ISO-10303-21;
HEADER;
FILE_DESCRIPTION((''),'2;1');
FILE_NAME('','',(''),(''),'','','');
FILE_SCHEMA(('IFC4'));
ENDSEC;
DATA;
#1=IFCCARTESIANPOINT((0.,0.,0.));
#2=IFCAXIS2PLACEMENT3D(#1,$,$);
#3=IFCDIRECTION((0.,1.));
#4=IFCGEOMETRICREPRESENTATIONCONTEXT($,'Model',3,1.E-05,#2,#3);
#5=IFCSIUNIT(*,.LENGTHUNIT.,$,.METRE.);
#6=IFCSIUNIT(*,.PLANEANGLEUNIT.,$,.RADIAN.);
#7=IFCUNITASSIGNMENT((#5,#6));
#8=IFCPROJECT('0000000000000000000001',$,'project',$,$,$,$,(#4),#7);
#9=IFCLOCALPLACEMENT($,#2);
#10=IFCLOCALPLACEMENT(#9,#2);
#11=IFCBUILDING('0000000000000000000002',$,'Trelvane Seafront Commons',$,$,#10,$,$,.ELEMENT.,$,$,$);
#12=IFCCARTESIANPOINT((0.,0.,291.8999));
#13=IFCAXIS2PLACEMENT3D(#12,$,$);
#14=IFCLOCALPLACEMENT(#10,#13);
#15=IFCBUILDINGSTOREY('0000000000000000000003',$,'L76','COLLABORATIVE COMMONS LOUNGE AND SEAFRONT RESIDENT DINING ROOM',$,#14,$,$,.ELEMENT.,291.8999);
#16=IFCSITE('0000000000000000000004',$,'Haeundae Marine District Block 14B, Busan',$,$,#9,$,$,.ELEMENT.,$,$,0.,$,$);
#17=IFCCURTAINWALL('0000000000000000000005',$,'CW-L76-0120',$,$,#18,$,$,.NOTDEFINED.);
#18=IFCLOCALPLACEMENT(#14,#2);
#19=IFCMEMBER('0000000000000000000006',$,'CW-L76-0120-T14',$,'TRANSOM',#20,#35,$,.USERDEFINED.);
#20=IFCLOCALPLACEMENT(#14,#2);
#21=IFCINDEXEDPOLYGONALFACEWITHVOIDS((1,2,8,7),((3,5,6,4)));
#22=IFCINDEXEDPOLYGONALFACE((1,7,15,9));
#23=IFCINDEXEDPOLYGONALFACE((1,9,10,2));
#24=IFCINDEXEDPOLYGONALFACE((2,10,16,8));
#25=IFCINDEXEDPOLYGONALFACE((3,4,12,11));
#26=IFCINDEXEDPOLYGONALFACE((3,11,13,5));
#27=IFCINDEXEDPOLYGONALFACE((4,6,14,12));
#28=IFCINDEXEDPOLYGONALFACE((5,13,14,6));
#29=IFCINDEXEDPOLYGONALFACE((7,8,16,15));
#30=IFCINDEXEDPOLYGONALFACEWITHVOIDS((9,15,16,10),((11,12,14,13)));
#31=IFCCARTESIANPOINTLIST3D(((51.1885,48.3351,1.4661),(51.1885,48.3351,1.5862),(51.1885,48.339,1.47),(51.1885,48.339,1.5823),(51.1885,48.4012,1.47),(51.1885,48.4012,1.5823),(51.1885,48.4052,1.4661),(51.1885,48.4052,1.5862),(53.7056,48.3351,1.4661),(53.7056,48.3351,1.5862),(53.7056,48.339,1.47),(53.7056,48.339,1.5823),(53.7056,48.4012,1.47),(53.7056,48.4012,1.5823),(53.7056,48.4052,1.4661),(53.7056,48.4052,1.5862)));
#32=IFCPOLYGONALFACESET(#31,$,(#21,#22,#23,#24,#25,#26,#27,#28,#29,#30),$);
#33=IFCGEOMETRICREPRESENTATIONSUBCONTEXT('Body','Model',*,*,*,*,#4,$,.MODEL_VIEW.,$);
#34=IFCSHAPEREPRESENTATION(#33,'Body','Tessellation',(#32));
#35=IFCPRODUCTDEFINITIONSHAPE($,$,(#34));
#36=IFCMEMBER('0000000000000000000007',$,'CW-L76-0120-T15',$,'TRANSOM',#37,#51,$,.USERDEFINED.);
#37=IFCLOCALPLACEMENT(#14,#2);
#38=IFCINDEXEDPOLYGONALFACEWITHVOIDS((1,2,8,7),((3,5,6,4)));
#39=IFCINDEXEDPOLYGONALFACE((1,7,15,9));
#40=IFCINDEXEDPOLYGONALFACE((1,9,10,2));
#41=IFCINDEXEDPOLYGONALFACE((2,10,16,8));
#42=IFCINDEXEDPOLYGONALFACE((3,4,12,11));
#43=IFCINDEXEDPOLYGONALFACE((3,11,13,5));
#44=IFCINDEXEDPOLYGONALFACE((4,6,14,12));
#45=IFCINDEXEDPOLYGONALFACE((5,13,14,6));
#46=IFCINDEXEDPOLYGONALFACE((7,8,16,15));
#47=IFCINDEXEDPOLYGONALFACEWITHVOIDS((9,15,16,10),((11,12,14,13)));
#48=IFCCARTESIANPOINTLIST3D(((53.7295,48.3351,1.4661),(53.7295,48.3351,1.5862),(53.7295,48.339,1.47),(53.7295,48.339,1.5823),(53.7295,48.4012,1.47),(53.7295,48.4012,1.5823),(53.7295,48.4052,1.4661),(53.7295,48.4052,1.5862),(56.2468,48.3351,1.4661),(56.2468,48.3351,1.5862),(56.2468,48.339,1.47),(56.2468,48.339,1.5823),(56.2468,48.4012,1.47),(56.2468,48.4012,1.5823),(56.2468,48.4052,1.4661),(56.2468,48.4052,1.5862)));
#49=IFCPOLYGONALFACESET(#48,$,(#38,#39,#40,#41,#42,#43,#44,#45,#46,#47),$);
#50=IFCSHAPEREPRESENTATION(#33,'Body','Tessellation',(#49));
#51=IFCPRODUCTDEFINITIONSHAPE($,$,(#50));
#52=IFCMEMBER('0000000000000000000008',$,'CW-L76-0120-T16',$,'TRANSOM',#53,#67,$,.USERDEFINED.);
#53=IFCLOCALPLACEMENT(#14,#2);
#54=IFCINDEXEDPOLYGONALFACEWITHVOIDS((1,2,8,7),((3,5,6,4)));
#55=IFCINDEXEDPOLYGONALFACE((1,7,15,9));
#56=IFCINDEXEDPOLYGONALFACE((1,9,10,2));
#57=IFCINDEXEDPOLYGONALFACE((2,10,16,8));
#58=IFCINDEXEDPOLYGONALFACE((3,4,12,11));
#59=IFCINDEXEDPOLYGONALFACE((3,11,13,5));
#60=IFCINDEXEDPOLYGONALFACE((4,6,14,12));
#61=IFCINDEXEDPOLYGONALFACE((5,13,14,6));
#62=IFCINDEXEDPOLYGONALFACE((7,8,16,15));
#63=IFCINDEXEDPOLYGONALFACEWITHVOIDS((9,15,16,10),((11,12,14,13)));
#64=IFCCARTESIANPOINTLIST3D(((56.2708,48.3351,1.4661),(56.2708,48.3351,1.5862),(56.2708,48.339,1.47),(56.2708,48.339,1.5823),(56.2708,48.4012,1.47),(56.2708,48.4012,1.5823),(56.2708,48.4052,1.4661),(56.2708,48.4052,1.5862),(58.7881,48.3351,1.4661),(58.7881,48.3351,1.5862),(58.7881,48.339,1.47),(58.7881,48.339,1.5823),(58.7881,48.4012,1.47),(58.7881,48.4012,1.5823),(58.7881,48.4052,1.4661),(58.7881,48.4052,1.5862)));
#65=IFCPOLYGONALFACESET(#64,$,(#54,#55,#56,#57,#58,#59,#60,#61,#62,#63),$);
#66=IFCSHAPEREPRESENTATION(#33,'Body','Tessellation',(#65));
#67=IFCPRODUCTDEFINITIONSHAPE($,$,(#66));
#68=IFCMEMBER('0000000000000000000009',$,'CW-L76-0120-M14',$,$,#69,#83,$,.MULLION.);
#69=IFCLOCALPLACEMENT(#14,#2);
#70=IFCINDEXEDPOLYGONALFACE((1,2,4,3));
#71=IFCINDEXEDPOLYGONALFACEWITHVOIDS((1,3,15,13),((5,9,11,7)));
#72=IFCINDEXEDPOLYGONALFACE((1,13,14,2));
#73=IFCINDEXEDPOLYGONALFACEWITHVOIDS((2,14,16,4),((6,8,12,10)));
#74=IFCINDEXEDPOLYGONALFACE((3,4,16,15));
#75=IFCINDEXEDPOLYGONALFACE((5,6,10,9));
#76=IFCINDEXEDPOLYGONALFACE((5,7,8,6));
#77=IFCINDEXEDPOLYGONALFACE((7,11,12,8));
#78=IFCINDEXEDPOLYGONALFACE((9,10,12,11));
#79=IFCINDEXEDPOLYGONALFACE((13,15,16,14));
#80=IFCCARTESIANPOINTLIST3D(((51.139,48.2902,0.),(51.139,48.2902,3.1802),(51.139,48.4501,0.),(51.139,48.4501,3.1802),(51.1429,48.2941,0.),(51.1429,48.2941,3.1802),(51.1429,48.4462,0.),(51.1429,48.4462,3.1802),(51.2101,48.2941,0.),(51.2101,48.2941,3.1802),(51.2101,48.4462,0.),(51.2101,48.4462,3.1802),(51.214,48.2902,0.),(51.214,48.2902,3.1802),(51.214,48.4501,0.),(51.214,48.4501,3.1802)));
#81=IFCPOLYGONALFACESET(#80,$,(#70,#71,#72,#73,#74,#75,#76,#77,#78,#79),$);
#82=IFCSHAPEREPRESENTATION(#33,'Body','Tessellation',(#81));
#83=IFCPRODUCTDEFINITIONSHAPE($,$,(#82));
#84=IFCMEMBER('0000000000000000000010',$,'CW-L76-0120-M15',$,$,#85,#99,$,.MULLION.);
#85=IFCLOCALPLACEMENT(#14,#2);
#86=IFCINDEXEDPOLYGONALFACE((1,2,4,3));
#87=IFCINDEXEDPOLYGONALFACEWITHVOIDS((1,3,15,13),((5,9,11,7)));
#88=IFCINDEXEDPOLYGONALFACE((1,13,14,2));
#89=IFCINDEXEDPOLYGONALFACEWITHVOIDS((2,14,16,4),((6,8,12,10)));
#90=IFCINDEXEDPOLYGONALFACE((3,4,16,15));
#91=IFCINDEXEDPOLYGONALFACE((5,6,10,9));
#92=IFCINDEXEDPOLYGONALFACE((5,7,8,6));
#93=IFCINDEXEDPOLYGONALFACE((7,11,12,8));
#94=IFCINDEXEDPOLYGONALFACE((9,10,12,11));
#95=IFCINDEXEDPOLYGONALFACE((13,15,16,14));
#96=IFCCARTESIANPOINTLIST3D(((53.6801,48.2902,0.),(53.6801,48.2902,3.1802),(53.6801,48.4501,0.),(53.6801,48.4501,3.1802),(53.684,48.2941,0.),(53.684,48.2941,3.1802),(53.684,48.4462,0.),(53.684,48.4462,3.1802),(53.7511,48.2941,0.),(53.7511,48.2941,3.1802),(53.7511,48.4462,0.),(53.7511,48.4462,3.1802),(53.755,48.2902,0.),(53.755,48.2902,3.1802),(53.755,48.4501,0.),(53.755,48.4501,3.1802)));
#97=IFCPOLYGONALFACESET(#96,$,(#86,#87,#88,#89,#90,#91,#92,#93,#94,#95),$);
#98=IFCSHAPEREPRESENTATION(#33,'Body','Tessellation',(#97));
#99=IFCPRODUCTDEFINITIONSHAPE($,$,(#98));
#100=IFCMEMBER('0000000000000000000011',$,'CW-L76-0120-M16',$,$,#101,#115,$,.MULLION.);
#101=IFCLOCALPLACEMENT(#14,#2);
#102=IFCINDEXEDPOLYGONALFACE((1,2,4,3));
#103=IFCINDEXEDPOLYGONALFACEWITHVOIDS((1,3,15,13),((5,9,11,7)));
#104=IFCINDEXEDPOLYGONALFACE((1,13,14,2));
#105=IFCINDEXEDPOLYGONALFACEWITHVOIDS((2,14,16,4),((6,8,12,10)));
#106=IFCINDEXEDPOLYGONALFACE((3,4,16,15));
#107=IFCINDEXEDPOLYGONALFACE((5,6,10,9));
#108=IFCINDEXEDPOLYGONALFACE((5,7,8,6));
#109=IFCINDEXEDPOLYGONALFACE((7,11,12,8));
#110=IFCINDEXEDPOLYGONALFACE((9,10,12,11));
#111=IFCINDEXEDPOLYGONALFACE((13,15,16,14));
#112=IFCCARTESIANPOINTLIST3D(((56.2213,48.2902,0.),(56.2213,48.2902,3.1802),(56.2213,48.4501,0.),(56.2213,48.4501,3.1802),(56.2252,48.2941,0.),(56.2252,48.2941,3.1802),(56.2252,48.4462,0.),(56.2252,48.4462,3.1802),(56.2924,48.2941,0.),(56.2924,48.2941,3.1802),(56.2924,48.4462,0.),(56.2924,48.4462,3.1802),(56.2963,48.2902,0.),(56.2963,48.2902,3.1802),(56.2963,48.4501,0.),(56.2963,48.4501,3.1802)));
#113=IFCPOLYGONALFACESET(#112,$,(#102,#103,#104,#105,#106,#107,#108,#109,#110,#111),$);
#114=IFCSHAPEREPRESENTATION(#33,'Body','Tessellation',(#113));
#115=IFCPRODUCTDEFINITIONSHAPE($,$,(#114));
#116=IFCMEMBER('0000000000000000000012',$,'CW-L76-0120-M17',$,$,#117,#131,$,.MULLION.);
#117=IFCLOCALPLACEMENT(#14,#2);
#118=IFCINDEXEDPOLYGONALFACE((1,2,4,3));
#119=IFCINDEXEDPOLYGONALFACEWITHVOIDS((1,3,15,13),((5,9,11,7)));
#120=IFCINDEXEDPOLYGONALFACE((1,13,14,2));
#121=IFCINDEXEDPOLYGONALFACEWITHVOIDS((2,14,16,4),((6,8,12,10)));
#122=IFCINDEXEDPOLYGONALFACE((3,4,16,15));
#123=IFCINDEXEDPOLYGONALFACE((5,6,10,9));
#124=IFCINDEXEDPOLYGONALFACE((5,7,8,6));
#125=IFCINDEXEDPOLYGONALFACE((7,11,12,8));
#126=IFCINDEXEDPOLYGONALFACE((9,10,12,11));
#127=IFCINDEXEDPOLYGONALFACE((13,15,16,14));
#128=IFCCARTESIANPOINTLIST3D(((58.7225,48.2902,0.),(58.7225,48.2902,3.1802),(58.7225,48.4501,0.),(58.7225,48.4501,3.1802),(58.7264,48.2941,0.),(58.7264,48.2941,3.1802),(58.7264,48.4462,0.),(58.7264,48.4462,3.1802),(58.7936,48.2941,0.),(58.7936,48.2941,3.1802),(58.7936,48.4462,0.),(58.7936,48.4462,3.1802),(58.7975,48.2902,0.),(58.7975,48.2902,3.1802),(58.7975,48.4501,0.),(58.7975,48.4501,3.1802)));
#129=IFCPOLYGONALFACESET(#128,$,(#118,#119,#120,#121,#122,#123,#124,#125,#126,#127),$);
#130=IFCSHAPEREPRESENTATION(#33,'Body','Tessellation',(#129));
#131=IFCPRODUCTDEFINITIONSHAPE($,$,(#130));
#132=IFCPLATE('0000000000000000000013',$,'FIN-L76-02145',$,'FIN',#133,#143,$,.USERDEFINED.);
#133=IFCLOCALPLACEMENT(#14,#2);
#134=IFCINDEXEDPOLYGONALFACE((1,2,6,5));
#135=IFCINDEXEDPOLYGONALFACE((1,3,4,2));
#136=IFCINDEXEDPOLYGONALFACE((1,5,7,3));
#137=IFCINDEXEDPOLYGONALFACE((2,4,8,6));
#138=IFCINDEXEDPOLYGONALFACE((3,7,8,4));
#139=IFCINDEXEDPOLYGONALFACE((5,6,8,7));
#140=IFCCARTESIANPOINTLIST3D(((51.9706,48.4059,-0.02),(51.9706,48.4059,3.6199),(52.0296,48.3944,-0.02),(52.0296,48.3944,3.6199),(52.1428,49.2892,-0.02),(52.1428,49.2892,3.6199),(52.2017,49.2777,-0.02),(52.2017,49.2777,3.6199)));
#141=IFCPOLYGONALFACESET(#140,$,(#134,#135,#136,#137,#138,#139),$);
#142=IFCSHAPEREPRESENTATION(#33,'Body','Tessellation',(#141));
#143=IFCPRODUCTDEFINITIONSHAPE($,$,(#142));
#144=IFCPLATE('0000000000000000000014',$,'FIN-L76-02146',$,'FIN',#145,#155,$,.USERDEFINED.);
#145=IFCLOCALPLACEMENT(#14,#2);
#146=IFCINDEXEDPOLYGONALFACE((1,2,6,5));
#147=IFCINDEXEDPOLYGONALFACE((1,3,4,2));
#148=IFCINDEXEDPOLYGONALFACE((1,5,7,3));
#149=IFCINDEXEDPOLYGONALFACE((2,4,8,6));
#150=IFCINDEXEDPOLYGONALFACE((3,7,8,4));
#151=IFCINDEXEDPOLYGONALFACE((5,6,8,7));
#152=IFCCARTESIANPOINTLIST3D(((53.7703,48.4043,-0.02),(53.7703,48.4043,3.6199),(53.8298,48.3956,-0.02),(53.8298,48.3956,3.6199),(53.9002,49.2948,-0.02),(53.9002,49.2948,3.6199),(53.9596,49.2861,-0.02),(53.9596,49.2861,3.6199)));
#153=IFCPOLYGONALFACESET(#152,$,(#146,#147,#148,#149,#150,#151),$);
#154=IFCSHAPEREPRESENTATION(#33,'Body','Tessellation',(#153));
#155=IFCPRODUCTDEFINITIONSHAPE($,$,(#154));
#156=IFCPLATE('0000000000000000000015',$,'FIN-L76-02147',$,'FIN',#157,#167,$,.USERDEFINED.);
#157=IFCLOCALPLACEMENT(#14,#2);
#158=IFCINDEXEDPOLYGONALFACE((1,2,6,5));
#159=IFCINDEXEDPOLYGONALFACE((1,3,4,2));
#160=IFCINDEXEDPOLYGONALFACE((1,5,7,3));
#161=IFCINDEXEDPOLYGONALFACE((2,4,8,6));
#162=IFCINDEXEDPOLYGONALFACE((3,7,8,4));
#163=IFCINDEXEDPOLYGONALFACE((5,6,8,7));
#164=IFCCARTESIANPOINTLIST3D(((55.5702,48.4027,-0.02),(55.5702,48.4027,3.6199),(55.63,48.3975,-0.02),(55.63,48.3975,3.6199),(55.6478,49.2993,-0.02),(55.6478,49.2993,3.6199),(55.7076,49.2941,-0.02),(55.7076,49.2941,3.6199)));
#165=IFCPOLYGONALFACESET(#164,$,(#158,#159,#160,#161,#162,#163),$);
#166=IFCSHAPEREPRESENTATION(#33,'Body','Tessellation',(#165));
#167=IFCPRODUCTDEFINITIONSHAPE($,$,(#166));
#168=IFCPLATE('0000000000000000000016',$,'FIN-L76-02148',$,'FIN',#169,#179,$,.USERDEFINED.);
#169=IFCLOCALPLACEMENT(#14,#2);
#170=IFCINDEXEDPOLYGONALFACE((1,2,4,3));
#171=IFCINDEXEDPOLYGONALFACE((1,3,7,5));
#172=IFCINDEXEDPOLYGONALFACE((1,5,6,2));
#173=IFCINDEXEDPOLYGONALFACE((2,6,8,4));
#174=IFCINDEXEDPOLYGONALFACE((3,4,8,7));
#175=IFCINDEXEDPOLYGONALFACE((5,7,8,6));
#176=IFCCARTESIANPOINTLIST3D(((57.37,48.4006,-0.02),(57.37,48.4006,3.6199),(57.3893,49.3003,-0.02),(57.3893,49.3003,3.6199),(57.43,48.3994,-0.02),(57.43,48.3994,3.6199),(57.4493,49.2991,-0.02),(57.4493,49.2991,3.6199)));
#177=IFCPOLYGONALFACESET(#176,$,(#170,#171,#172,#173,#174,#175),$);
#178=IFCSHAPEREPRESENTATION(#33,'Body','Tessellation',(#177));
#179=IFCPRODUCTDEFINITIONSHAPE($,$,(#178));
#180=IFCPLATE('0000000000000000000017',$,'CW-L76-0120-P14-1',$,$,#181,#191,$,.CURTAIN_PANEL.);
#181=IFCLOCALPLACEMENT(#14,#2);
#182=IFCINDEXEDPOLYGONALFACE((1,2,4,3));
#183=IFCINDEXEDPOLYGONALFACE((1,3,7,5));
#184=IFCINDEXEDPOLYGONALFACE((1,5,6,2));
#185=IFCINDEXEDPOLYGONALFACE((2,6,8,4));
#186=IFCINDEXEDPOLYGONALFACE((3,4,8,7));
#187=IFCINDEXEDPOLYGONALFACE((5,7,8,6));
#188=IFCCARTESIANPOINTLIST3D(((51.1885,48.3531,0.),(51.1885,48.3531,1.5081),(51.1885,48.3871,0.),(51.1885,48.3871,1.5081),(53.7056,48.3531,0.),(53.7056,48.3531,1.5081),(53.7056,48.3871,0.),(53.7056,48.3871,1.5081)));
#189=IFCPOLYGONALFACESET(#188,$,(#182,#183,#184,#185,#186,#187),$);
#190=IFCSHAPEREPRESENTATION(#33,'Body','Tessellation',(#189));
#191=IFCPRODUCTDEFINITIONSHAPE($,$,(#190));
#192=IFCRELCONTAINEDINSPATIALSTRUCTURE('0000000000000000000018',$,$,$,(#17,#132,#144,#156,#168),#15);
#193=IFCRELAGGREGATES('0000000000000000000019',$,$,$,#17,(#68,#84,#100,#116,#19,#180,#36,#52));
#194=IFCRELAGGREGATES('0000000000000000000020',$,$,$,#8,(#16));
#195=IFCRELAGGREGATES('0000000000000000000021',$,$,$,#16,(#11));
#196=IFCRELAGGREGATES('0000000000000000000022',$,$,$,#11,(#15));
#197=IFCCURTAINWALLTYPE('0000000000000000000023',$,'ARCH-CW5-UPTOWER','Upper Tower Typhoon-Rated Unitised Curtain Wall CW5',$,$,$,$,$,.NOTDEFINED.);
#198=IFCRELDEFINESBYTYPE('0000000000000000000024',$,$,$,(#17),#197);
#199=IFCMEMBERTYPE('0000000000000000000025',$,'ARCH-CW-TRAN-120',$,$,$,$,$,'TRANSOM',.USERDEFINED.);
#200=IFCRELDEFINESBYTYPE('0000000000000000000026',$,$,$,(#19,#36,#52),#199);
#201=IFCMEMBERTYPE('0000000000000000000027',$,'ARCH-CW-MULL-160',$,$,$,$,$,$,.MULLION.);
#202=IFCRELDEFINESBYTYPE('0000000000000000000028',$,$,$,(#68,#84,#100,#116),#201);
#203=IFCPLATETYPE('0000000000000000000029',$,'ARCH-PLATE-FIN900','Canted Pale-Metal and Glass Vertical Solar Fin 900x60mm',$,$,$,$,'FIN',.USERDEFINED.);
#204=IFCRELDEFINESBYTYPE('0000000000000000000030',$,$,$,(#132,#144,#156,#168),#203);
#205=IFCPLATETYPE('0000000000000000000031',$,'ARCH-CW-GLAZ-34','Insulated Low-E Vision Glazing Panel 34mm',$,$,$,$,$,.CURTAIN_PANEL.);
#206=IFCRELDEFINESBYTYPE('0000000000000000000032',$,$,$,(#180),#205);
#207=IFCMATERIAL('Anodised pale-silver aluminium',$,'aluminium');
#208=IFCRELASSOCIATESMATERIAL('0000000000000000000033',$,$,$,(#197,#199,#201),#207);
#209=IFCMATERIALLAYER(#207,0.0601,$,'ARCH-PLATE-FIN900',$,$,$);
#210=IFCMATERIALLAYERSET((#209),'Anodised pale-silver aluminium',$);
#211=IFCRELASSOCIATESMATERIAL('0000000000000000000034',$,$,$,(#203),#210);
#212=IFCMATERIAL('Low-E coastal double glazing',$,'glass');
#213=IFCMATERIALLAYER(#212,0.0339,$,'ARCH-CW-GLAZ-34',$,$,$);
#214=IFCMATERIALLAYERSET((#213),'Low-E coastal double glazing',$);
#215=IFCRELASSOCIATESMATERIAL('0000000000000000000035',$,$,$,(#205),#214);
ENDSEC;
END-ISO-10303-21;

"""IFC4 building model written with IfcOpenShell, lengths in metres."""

from ifc_helpers import new_model, si_unit, direction, frame, origin, origin_2d, place, context, subcontext, project, spatial, rectangle, hollow_rectangle, extrude, source, transform, mapped, material, layer, layer_set, material_profile, profile_set, type_object, element, aggregate, save


model = new_model("IFC4")

# Units and contexts
model_context = context("Model", 3, precision=1e-05, world=origin(), true_north=direction((0.0, 1.0)))
body_context = subcontext(model_context, "Body", "Model", "MODEL_VIEW")
ifc_project = project(units=[si_unit("LENGTHUNIT", "METRE"), si_unit("PLANEANGLEUNIT", "RADIAN")], contexts=[model_context])

# Site, building, storey
site_placement = place(None, origin())
site = spatial("IfcSite", under=ifc_project, at=site_placement, Name="Haeundae Marine District Block 14B, Busan", CompositionType="ELEMENT", RefElevation=0.0)
building_placement = place(site_placement, origin())
building = spatial("IfcBuilding", under=site, at=building_placement, Name="Trelvane Seafront Commons", CompositionType="ELEMENT")
storey_placement = place(building_placement, frame((0.0, 0.0, 291.8999)))
storey = spatial("IfcBuildingStorey", under=building, at=storey_placement, Name="L76", Description="COLLABORATIVE COMMONS LOUNGE AND SEAFRONT RESIDENT DINING ROOM", CompositionType="ELEMENT", Elevation=291.8999)

# Curtain wall, members
ifc_material_1 = material(Name="Anodised pale-silver aluminium", Category="aluminium")
curtain_wall_type = type_object("IfcCurtainWallType", Name="ARCH-CW5-UPTOWER", Description="Upper Tower Typhoon-Rated Unitised Curtain Wall CW5", PredefinedType="NOTDEFINED", material=ifc_material_1)
curtain_wall_placement = place(storey_placement, origin())
curtain_wall = element("IfcCurtainWall", 1, at=curtain_wall_placement, inside=storey, type_object=curtain_wall_type, Name="CW-L76-0120", PredefinedType="NOTDEFINED")
ifc_material_profile_1 = material_profile(ifc_material_1, hollow_rectangle(XDim=0.0701, YDim=0.1201, WallThickness=0.0039, at=origin_2d()), Name="TRAN-70x120x4")
ifc_profile_set_1 = profile_set([ifc_material_profile_1], Name="Anodised pale-silver aluminium")
member_type_1 = type_object("IfcMemberType", Name="ARCH-CW-TRAN-120", ElementType="TRANSOM", PredefinedType="USERDEFINED", material=ifc_profile_set_1)
shared_shape_1 = source(origin(), body_context, "Body", "SweptSolid", [
    extrude(hollow_rectangle(XDim=0.0701, YDim=0.1201, WallThickness=0.0039, at=origin_2d()), origin(), (0.0, 0.0, 1.0), 2.5171),
])
member_1_placement = place(storey_placement, frame((51.1885, 48.3701, 1.5261), z_axis=(1.0, 0.0, 0.0), x_axis=(0.0, 1.0, 0.0)))
member_1 = element("IfcMember", 2, at=member_1_placement, type_object=member_type_1, Name="CW-L76-0120-T14", ObjectType="TRANSOM", PredefinedType="USERDEFINED", context=body_context, shape_type="MappedRepresentation", body=[
    mapped(shared_shape_1, transform((0.0, 0.0, 0.0), x_axis=(1.0, 0.0, 0.0), y_axis=(0.0, 1.0, 0.0), z_axis=(0.0, 0.0, 1.0), scale=1.0)),
])
shared_shape_2 = source(origin(), body_context, "Body", "SweptSolid", [
    extrude(hollow_rectangle(XDim=0.0701, YDim=0.1201, WallThickness=0.0039, at=origin_2d()), origin(), (0.0, 0.0, 1.0), 2.5173),
])
member_2_placement = place(storey_placement, frame((53.7295, 48.3701, 1.5261), z_axis=(1.0, 0.0, 0.0), x_axis=(0.0, 1.0, 0.0)))
member_2 = element("IfcMember", 3, at=member_2_placement, type_object=member_type_1, Name="CW-L76-0120-T15", ObjectType="TRANSOM", PredefinedType="USERDEFINED", context=body_context, shape_type="MappedRepresentation", body=[
    mapped(shared_shape_2, transform((0.0, 0.0, 0.0), x_axis=(1.0, 0.0, 0.0), y_axis=(0.0, 1.0, 0.0), z_axis=(0.0, 0.0, 1.0), scale=1.0)),
])
member_3_placement = place(storey_placement, frame((56.2708, 48.3701, 1.5261), z_axis=(1.0, 0.0, 0.0), x_axis=(0.0, 1.0, 0.0)))
member_3 = element("IfcMember", 4, at=member_3_placement, type_object=member_type_1, Name="CW-L76-0120-T16", ObjectType="TRANSOM", PredefinedType="USERDEFINED", context=body_context, shape_type="MappedRepresentation", body=[
    mapped(shared_shape_2, transform((0.0, 0.0, 0.0), x_axis=(1.0, 0.0, 0.0), y_axis=(0.0, 1.0, 0.0), z_axis=(0.0, 0.0, 1.0), scale=1.0)),
])
ifc_material_profile_2 = material_profile(ifc_material_1, hollow_rectangle(XDim=0.075, YDim=0.1599, WallThickness=0.0039, at=origin_2d()), Name="MULL-75x160x4")
ifc_profile_set_2 = profile_set([ifc_material_profile_2], Name="Anodised pale-silver aluminium")
member_type_2 = type_object("IfcMemberType", Name="ARCH-CW-MULL-160", PredefinedType="MULLION", material=ifc_profile_set_2)
shared_shape_3 = source(origin(), body_context, "Body", "SweptSolid", [
    extrude(hollow_rectangle(XDim=0.075, YDim=0.1599, WallThickness=0.0039, at=origin_2d()), origin(), (0.0, 0.0, 1.0), 3.1802),
])
member_4_placement = place(storey_placement, frame((51.1765, 48.3701, 0.0), z_axis=(0.0, 0.0, 1.0), x_axis=(1.0, 0.0, 0.0)))
member_4 = element("IfcMember", 5, at=member_4_placement, type_object=member_type_2, Name="CW-L76-0120-M14", PredefinedType="MULLION", context=body_context, shape_type="MappedRepresentation", body=[
    mapped(shared_shape_3, transform((0.0, 0.0, 0.0), x_axis=(1.0, 0.0, 0.0), y_axis=(0.0, 1.0, 0.0), z_axis=(0.0, 0.0, 1.0), scale=1.0)),
])
member_5_placement = place(storey_placement, frame((53.7175, 48.3701, 0.0), z_axis=(0.0, 0.0, 1.0), x_axis=(1.0, 0.0, 0.0)))
member_5 = element("IfcMember", 6, at=member_5_placement, type_object=member_type_2, Name="CW-L76-0120-M15", PredefinedType="MULLION", context=body_context, shape_type="MappedRepresentation", body=[
    mapped(shared_shape_3, transform((0.0, 0.0, 0.0), x_axis=(1.0, 0.0, 0.0), y_axis=(0.0, 1.0, 0.0), z_axis=(0.0, 0.0, 1.0), scale=1.0)),
])
member_6_placement = place(storey_placement, frame((56.2588, 48.3701, 0.0), z_axis=(0.0, 0.0, 1.0), x_axis=(1.0, 0.0, 0.0)))
member_6 = element("IfcMember", 7, at=member_6_placement, type_object=member_type_2, Name="CW-L76-0120-M16", PredefinedType="MULLION", context=body_context, shape_type="MappedRepresentation", body=[
    mapped(shared_shape_3, transform((0.0, 0.0, 0.0), x_axis=(1.0, 0.0, 0.0), y_axis=(0.0, 1.0, 0.0), z_axis=(0.0, 0.0, 1.0), scale=1.0)),
])
member_7_placement = place(storey_placement, frame((58.76, 48.3701, 0.0), z_axis=(0.0, 0.0, 1.0), x_axis=(1.0, 0.0, 0.0)))
member_7 = element("IfcMember", 8, at=member_7_placement, type_object=member_type_2, Name="CW-L76-0120-M17", PredefinedType="MULLION", context=body_context, shape_type="MappedRepresentation", body=[
    mapped(shared_shape_3, transform((0.0, 0.0, 0.0), x_axis=(1.0, 0.0, 0.0), y_axis=(0.0, 1.0, 0.0), z_axis=(0.0, 0.0, 1.0), scale=1.0)),
])

# Plates
ifc_layer_1 = layer(ifc_material_1, 0.0601, Name="ARCH-PLATE-FIN900")
ifc_layer_set_1 = layer_set([ifc_layer_1], Name="Anodised pale-silver aluminium")
plate_type_1 = type_object("IfcPlateType", Name="ARCH-PLATE-FIN900", Description="Canted Pale-Metal and Glass Vertical Solar Fin 900x60mm", ElementType="FIN", PredefinedType="USERDEFINED", material=ifc_layer_set_1)
shared_shape_4 = source(origin(), body_context, "Body", "SweptSolid", [
    extrude(rectangle(XDim=0.8999, YDim=0.0601, at=origin_2d()), origin(), (0.0, 0.0, 1.0), 3.6399),
])
for number, where, z_axis, x_axis, name in (
    (9, (52.0862, 48.8418, -0.02), (0.0, 0.0, 1.0), (0.191328, 0.981526, 0.0), "FIN-L76-02145"),
    (10, (53.865, 48.8452, -0.02), (0.0, 0.0, 1.0), (0.14433, 0.98953, 0.0), "FIN-L76-02146"),
    (11, (55.6389, 48.8484, -0.02), (0.0, 0.0, 1.0), (0.086227, 0.996275, 0.0), "FIN-L76-02147"),
    (12, (57.4097, 48.8499, -0.02), (0.0, 0.0, 1.0), (0.021445, 0.99977, 0.0), "FIN-L76-02148"),
):
    element("IfcPlate", number, at=place(storey_placement, frame(where, z_axis=z_axis, x_axis=x_axis)), inside=storey, type_object=plate_type_1, Name=name, ObjectType="FIN", PredefinedType="USERDEFINED", context=body_context, shape_type="MappedRepresentation", body=[
        mapped(shared_shape_4, transform((0.0, 0.0, 0.0), x_axis=(1.0, 0.0, 0.0), y_axis=(0.0, 1.0, 0.0), z_axis=(0.0, 0.0, 1.0), scale=1.0)),
    ])

# Plate
ifc_material_2 = material(Name="Low-E coastal double glazing", Category="glass")
ifc_layer_2 = layer(ifc_material_2, 0.0339, Name="ARCH-CW-GLAZ-34")
ifc_layer_set_2 = layer_set([ifc_layer_2], Name="Low-E coastal double glazing")
plate_type_2 = type_object("IfcPlateType", Name="ARCH-CW-GLAZ-34", Description="Insulated Low-E Vision Glazing Panel 34mm", PredefinedType="CURTAIN_PANEL", material=ifc_layer_set_2)
shared_shape_5 = source(origin(), body_context, "Body", "SweptSolid", [
    extrude(rectangle(XDim=2.5171, YDim=0.0339, at=origin_2d()), origin(), (0.0, 0.0, 1.0), 1.5081),
])
plate_1_placement = place(storey_placement, frame((52.447, 48.3701, 0.0), z_axis=(0.0, 0.0, 1.0), x_axis=(1.0, 0.0, 0.0)))
plate_1 = element("IfcPlate", 13, at=plate_1_placement, type_object=plate_type_2, Name="CW-L76-0120-P14-1", PredefinedType="CURTAIN_PANEL", context=body_context, shape_type="MappedRepresentation", body=[
    mapped(shared_shape_5, transform((0.0, 0.0, 0.0), x_axis=(1.0, 0.0, 0.0), y_axis=(0.0, 1.0, 0.0), z_axis=(0.0, 0.0, 1.0), scale=1.0)),
])
aggregate(curtain_wall, [member_4, member_5, member_6, member_7, member_1, plate_1, member_2, member_3])

save(model, "model.ifc")
